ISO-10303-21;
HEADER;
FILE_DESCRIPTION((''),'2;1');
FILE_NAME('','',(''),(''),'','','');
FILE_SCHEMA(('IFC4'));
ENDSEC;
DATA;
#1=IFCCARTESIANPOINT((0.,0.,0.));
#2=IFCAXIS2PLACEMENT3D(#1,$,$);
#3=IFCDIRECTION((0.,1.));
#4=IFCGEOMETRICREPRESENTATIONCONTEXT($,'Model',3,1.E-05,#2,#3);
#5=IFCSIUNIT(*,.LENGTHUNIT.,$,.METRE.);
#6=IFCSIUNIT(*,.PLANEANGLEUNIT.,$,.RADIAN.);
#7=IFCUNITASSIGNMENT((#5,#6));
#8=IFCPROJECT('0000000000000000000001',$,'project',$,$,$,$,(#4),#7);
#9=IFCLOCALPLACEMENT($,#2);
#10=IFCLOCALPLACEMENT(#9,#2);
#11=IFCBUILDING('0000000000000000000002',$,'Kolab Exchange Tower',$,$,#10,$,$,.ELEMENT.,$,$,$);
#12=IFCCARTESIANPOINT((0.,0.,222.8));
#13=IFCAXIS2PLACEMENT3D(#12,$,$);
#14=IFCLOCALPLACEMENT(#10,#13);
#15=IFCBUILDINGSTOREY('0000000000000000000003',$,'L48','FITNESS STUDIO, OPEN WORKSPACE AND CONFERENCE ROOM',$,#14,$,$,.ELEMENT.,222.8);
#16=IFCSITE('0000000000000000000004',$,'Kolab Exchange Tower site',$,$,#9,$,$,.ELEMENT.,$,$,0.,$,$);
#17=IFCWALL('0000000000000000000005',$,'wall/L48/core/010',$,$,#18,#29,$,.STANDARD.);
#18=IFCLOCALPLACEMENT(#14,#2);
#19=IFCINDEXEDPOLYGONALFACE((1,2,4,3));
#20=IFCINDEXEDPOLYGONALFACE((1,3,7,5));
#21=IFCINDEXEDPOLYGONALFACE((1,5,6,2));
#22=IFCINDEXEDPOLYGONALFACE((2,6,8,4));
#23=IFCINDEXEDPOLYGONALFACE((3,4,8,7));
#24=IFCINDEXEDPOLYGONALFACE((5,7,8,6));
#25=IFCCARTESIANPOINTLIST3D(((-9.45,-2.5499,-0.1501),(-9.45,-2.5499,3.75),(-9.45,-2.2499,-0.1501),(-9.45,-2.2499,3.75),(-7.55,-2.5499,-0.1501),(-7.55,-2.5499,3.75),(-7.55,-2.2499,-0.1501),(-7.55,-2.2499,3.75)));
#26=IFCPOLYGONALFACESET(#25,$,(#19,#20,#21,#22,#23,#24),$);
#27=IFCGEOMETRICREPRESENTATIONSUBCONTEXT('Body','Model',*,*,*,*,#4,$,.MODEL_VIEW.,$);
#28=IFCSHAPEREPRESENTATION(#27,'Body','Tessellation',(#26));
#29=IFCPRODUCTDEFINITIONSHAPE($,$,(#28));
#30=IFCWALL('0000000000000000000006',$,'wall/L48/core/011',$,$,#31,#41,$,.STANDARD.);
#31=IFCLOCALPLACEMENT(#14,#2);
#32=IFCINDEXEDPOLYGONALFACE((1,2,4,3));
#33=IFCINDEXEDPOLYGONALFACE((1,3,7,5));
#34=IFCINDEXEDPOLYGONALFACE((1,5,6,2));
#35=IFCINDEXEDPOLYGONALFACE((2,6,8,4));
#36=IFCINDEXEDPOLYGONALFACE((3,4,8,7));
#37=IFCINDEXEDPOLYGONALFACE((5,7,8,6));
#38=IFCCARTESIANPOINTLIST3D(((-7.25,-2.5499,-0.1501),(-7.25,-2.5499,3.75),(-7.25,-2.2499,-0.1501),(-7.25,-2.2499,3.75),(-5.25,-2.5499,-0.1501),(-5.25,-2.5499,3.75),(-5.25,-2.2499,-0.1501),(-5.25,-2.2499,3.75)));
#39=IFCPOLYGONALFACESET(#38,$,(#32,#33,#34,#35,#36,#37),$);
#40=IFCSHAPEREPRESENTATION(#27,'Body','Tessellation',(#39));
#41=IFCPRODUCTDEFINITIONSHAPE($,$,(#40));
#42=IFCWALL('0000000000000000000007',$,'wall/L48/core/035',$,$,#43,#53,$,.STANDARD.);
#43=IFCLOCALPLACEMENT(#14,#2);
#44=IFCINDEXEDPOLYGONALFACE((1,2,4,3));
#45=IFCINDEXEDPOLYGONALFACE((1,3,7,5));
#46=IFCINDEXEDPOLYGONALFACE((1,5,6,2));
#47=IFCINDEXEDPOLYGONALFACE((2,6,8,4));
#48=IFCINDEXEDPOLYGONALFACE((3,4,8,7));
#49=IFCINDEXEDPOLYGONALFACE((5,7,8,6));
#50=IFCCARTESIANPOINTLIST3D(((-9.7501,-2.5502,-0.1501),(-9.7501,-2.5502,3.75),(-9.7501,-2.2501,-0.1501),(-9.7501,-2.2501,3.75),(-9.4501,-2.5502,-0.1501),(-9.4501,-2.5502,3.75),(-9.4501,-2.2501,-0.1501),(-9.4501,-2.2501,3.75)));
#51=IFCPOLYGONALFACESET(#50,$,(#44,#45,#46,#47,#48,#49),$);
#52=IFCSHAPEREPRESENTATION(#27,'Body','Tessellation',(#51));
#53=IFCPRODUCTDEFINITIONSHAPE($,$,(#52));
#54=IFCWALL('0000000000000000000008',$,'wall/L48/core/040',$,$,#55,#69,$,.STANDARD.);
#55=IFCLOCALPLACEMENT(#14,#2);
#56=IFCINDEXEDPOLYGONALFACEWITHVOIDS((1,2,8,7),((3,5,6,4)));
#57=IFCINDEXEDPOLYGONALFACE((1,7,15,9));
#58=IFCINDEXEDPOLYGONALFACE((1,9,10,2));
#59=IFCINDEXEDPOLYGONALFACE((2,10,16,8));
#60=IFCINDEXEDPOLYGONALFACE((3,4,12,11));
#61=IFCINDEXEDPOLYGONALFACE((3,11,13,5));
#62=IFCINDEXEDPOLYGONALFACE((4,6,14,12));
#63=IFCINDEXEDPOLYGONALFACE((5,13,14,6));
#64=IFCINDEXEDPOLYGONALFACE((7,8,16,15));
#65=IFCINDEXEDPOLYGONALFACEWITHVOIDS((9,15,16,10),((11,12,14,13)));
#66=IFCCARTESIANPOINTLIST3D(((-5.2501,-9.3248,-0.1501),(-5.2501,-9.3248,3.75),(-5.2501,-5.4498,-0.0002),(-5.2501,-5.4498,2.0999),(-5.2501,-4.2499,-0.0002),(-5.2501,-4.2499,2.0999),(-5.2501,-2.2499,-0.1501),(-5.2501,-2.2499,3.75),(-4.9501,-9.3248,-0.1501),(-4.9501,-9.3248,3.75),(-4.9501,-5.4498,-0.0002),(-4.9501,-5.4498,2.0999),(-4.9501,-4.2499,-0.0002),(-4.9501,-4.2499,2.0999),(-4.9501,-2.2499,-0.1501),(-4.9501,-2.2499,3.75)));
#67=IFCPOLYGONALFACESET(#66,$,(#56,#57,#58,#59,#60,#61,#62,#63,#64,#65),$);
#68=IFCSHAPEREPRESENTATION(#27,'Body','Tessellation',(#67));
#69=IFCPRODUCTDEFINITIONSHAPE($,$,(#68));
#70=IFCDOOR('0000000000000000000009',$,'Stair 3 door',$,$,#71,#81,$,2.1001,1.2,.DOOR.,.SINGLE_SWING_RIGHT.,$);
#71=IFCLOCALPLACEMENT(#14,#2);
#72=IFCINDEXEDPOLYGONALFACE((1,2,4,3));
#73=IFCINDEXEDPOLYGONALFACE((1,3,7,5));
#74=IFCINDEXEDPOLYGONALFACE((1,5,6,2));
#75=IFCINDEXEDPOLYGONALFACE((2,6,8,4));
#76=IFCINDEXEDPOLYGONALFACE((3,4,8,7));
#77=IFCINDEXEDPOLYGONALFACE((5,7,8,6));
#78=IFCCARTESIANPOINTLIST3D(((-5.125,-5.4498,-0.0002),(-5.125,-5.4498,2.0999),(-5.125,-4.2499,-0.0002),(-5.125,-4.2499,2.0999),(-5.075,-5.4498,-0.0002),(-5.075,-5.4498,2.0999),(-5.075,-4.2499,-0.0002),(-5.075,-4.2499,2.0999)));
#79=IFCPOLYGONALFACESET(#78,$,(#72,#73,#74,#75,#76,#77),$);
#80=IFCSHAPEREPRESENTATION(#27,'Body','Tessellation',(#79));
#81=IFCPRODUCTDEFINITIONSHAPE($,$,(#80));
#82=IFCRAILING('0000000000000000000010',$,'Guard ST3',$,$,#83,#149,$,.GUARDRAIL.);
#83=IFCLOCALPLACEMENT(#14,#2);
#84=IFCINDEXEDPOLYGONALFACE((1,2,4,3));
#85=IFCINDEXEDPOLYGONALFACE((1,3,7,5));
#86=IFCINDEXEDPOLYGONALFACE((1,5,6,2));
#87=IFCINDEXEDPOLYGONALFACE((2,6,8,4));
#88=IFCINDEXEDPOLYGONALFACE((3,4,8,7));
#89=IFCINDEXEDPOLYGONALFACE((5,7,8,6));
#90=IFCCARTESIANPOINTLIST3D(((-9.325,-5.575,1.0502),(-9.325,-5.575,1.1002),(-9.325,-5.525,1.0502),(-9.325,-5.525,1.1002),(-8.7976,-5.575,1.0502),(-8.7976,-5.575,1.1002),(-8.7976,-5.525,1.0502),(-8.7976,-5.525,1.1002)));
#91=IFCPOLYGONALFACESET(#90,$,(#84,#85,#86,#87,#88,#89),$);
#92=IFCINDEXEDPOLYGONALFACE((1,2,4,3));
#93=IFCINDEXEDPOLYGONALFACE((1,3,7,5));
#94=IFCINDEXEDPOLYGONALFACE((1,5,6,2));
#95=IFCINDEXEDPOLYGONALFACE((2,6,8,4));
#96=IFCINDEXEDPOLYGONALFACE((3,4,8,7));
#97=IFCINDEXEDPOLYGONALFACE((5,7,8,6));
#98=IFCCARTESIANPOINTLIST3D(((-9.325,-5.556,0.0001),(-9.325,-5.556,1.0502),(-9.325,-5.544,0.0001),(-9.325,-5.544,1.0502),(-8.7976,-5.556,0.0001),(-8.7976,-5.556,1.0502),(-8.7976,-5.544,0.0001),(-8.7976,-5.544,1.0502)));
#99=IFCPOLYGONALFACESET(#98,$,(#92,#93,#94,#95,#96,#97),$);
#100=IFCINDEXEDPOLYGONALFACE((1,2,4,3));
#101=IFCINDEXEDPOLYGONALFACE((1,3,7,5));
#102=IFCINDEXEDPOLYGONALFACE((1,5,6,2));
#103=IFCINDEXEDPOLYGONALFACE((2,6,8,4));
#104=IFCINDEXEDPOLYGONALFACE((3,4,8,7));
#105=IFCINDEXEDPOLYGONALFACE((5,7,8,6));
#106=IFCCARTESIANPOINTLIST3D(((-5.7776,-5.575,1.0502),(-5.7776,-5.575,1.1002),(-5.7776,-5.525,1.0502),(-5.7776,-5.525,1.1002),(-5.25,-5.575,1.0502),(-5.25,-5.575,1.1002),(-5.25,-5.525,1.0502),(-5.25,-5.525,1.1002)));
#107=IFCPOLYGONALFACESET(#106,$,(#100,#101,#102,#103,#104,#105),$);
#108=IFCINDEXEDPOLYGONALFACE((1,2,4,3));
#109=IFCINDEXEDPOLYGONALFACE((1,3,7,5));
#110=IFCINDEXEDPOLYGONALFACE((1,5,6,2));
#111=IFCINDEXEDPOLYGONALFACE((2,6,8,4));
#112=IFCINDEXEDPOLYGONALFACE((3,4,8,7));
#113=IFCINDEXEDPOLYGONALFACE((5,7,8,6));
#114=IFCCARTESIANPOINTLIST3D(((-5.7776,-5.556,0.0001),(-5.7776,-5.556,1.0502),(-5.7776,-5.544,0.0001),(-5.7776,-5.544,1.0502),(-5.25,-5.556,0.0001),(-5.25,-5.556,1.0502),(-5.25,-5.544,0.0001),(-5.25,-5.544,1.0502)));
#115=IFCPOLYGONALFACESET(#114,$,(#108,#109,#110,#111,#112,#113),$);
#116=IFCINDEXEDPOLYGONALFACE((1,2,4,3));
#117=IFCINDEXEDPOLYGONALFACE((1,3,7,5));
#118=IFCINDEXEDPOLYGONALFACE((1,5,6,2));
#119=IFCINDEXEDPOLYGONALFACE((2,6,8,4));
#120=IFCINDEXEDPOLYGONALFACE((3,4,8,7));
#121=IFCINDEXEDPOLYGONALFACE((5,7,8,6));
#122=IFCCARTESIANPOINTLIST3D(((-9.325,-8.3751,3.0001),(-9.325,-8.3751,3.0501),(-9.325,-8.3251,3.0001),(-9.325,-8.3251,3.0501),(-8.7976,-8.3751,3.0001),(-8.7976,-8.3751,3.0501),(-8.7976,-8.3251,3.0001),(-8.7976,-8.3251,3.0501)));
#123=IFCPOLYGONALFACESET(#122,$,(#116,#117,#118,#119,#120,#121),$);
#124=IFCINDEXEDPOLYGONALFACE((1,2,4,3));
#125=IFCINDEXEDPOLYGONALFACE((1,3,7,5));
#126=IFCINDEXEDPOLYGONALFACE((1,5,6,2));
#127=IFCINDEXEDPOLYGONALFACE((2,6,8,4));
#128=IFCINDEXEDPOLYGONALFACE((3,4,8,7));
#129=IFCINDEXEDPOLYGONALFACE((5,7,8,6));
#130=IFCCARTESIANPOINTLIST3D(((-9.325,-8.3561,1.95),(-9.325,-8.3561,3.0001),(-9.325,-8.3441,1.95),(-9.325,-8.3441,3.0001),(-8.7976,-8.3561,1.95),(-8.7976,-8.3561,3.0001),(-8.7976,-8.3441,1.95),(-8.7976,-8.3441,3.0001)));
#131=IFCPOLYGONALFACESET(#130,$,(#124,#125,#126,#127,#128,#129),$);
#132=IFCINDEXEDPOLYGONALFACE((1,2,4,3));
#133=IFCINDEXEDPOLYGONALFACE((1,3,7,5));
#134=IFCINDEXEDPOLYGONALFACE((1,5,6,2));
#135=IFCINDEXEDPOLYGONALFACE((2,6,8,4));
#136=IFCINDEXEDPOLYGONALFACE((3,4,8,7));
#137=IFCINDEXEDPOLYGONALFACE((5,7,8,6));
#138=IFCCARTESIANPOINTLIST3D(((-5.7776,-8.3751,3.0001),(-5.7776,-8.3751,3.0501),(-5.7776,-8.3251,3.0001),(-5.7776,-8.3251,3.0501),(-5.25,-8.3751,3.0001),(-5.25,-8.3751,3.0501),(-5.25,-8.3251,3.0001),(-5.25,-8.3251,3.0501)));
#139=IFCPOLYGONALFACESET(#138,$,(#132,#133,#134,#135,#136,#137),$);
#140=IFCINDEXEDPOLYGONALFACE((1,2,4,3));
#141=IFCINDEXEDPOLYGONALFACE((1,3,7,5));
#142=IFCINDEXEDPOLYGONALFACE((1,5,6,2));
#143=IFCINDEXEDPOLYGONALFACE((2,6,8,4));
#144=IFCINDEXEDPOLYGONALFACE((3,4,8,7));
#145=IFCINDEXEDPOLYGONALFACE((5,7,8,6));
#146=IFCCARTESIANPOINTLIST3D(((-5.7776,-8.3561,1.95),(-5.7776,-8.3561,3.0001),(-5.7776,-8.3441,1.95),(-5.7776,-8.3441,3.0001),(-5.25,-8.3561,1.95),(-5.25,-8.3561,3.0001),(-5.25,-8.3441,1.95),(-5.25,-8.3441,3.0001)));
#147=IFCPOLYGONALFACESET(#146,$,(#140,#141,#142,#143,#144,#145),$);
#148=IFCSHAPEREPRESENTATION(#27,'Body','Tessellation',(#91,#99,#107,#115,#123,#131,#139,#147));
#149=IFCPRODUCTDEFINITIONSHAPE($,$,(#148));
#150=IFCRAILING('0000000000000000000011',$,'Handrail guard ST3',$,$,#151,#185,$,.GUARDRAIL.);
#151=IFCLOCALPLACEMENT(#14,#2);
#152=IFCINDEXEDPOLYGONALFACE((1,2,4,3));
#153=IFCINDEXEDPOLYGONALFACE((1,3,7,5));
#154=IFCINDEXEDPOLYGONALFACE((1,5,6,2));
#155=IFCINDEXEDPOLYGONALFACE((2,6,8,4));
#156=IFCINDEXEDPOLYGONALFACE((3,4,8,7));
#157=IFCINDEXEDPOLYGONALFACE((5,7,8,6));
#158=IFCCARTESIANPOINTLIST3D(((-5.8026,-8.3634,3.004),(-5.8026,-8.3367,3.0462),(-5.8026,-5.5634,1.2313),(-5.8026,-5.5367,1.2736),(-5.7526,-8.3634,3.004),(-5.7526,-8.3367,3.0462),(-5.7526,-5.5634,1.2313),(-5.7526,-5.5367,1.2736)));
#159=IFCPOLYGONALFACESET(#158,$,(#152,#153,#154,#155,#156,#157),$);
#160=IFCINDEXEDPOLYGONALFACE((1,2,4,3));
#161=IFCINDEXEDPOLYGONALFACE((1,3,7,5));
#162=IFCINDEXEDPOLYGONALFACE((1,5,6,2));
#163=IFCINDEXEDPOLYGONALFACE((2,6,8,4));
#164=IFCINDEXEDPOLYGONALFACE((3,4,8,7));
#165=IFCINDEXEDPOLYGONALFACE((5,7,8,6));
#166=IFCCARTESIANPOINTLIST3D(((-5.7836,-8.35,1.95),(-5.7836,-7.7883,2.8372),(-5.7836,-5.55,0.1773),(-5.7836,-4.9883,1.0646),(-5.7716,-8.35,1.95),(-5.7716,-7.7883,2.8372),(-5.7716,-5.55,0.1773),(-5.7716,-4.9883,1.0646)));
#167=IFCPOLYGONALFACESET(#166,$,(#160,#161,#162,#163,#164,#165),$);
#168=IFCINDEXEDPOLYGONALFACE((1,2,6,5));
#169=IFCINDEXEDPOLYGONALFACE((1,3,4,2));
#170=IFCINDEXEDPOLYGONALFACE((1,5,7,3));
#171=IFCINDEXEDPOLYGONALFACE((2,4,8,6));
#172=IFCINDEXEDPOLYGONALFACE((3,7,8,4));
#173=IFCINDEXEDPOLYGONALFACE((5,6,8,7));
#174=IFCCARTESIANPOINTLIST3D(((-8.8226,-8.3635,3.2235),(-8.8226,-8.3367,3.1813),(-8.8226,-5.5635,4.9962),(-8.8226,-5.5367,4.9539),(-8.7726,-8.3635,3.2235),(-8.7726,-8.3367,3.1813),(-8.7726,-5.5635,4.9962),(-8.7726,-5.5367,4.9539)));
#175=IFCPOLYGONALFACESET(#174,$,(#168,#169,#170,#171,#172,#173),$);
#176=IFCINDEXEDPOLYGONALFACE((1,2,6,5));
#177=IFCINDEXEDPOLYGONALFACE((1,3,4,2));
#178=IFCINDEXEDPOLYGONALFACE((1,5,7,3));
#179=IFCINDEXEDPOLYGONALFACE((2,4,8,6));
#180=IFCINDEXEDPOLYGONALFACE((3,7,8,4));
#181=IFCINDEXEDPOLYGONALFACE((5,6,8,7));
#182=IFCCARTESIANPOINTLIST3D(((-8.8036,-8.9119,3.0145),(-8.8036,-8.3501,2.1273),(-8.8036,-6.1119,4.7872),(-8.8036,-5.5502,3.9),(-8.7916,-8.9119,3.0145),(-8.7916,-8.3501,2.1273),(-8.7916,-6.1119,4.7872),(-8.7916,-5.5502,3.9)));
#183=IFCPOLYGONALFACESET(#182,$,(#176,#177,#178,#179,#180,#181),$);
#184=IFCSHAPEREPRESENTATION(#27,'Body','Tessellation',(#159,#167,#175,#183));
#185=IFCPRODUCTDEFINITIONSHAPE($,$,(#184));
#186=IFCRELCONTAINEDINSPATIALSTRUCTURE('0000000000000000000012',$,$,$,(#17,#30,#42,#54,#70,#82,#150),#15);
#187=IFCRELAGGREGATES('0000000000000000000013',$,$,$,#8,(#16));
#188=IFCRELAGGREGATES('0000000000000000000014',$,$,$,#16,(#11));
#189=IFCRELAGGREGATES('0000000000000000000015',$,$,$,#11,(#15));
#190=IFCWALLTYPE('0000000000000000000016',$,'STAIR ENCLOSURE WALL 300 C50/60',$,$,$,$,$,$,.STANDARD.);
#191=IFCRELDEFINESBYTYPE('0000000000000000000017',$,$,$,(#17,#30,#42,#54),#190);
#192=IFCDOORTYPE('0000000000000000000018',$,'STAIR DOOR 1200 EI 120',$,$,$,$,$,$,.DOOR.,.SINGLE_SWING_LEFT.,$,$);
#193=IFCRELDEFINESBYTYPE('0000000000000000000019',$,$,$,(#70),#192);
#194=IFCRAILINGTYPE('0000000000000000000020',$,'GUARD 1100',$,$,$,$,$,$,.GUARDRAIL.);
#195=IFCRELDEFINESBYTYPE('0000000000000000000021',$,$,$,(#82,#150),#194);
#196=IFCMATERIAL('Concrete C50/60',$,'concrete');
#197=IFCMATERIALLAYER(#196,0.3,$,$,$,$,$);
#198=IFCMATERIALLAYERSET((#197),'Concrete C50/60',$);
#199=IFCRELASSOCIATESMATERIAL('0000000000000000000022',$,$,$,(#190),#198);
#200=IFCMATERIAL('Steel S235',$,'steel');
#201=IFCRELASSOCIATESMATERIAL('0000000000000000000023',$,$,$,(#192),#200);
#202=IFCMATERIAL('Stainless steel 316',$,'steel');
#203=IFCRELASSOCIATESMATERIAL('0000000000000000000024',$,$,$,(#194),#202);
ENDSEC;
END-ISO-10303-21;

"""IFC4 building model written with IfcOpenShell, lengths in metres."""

from ifc_helpers import new_model, si_unit, direction, frame, frame_2d, origin, origin_2d, place, context, subcontext, project, spatial, rectangle, extrude, material, layer, layer_set, type_object, element, fill, save


model = new_model("IFC4")

# Units and contexts
model_context = context("Model", 3, precision=1e-05, world=origin(), true_north=direction((0.0, 1.0)))
body_context = subcontext(model_context, "Body", "Model", "MODEL_VIEW")
ifc_project = project(units=[si_unit("LENGTHUNIT", "METRE"), si_unit("PLANEANGLEUNIT", "RADIAN")], contexts=[model_context])

# Site, building, storey
site_placement = place(None, origin())
site = spatial("IfcSite", under=ifc_project, at=site_placement, Name="Kolab Exchange Tower site", CompositionType="ELEMENT", RefElevation=0.0)
building_placement = place(site_placement, origin())
building = spatial("IfcBuilding", under=site, at=building_placement, Name="Kolab Exchange Tower", CompositionType="ELEMENT")
storey_placement = place(building_placement, frame((0.0, 0.0, 222.8)))
storey = spatial("IfcBuildingStorey", under=building, at=storey_placement, Name="L48", Description="FITNESS STUDIO, OPEN WORKSPACE AND CONFERENCE ROOM", CompositionType="ELEMENT", Elevation=222.8)

# Shared definitions
ifc_material_1 = material(Name="Concrete C50/60", Category="concrete")
ifc_material_2 = material(Name="Steel S235", Category="steel")
ifc_material_3 = material(Name="Stainless steel 316", Category="steel")

# Walls
ifc_layer_1 = layer(ifc_material_1, 0.3)
ifc_layer_set_1 = layer_set([ifc_layer_1], Name="Concrete C50/60")
wall_type_1 = type_object("IfcWallType", Name="STAIR ENCLOSURE WALL 300 C50/60", PredefinedType="STANDARD", material=ifc_layer_set_1)
wall_1_placement = place(storey_placement, frame((-9.45, -2.3999, -0.1501), z_axis=(0.0, 0.0, 1.0), x_axis=(1.0, 0.0, 0.0)))
element("IfcWall", 1, at=wall_1_placement, inside=storey, type_object=wall_type_1, Name="wall/L48/core/010", PredefinedType="STANDARD", context=body_context, shape_type="SweptSolid", body=[
    extrude(rectangle(XDim=1.8999, YDim=0.3, at=frame_2d((0.95, 0.0))), origin(), (0.0, 0.0, 1.0), 3.9001),
])
wall_2_placement = place(storey_placement, frame((-7.25, -2.3999, -0.1501), z_axis=(0.0, 0.0, 1.0), x_axis=(1.0, 0.0, 0.0)))
element("IfcWall", 2, at=wall_2_placement, inside=storey, type_object=wall_type_1, Name="wall/L48/core/011", PredefinedType="STANDARD", context=body_context, shape_type="SweptSolid", body=[
    extrude(rectangle(XDim=2.0, YDim=0.3, at=frame_2d((1.0, 0.0))), origin(), (0.0, 0.0, 1.0), 3.9001),
])
wall_3_placement = place(storey_placement, frame((-9.6001, -2.55, -0.1501), z_axis=(0.0, 0.0, 1.0), x_axis=(0.0, 1.0, 0.0)))
element("IfcWall", 3, at=wall_3_placement, inside=storey, type_object=wall_type_1, Name="wall/L48/core/035", PredefinedType="STANDARD", context=body_context, shape_type="SweptSolid", body=[
    extrude(rectangle(XDim=0.3, YDim=0.3, at=frame_2d((0.1499, 0.0))), origin(), (0.0, 0.0, 1.0), 3.9001),
])

# Wall, opening, door
wall_4_placement = place(storey_placement, frame((-5.1001, -9.325, -0.1501), z_axis=(0.0, 0.0, 1.0), x_axis=(0.0, 1.0, 0.0)))
wall_4 = element("IfcWall", 4, at=wall_4_placement, inside=storey, type_object=wall_type_1, Name="wall/L48/core/040", PredefinedType="STANDARD", context=body_context, shape_type="SweptSolid", body=[
    extrude(rectangle(XDim=7.075, YDim=0.3, at=frame_2d((3.5376, 0.0))), origin(), (0.0, 0.0, 1.0), 3.9001),
])
opening_1_placement = place(wall_4_placement, frame((3.875, 0.0, 0.1499)))
opening_1 = element("IfcOpeningElement", 5, at=opening_1_placement, cuts=wall_4, PredefinedType="OPENING", context=body_context, shape_type="SweptSolid", body=[
    extrude(rectangle(XDim=1.2, YDim=2.1001, at=frame_2d((0.6001, 1.05))), frame((0.0, 0.1602, 0.0), z_axis=(0.0, -1.0, 0.0), x_axis=(1.0, 0.0, 0.0)), (0.0, 0.0, 1.0), 0.3201),
])
door_type_1 = type_object("IfcDoorType", Name="STAIR DOOR 1200 EI 120", OperationType="SINGLE_SWING_LEFT", PredefinedType="DOOR", material=ifc_material_2)
door_1_placement = place(opening_1_placement, origin())
door_1 = element("IfcDoor", 6, at=door_1_placement, inside=storey, type_object=door_type_1, Name="Stair 3 door", OperationType="SINGLE_SWING_RIGHT", OverallHeight=2.1001, OverallWidth=1.2, PredefinedType="DOOR", context=body_context, shape_type="SweptSolid", body=[
    extrude(rectangle(XDim=1.2, YDim=2.1001, at=frame_2d((0.6001, 1.05))), frame((0.0, 0.0249, 0.0), z_axis=(0.0, -1.0, 0.0), x_axis=(1.0, 0.0, 0.0)), (0.0, 0.0, 1.0), 0.05),
])
fill(opening_1, door_1)

# Railings
railing_type = type_object("IfcRailingType", Name="GUARD 1100", PredefinedType="GUARDRAIL", material=ifc_material_3)
railing_1_placement = place(storey_placement, frame((-9.325, -5.55, 0.0)))
element("IfcRailing", 7, at=railing_1_placement, inside=storey, type_object=railing_type, Name="Guard ST3", PredefinedType="GUARDRAIL", context=body_context, shape_type="SweptSolid", body=[
    extrude(rectangle(XDim=0.05, YDim=0.05, at=origin_2d()), frame((0.0, 0.0, 1.0752), z_axis=(1.0, 0.0, 0.0), x_axis=(0.0, 1.0, 0.0)), (0.0, 0.0, 1.0), 0.5273),
    extrude(rectangle(XDim=0.012, YDim=1.0501, at=frame_2d((0.0, 0.5251))), frame((0.0, 0.0, 0.0), z_axis=(1.0, 0.0, 0.0), x_axis=(0.0, 1.0, 0.0)), (0.0, 0.0, 1.0), 0.5273),
    extrude(rectangle(XDim=0.05, YDim=0.05, at=origin_2d()), frame((3.5474, 0.0, 1.0752), z_axis=(1.0, 0.0, 0.0), x_axis=(0.0, 1.0, 0.0)), (0.0, 0.0, 1.0), 0.5276),
    extrude(rectangle(XDim=0.012, YDim=1.0501, at=frame_2d((0.0, 0.5251))), frame((3.5474, 0.0, 0.0), z_axis=(1.0, 0.0, 0.0), x_axis=(0.0, 1.0, 0.0)), (0.0, 0.0, 1.0), 0.5276),
    extrude(rectangle(XDim=0.05, YDim=0.05, at=origin_2d()), frame((0.0, -2.8, 3.0251), z_axis=(1.0, 0.0, 0.0), x_axis=(0.0, 1.0, 0.0)), (0.0, 0.0, 1.0), 0.5273),
    extrude(rectangle(XDim=0.012, YDim=1.0501, at=frame_2d((0.0, 0.5251))), frame((0.0, -2.8, 1.95), z_axis=(1.0, 0.0, 0.0), x_axis=(0.0, 1.0, 0.0)), (0.0, 0.0, 1.0), 0.5273),
    extrude(rectangle(XDim=0.05, YDim=0.05, at=origin_2d()), frame((3.5474, -2.8, 3.0251), z_axis=(1.0, 0.0, 0.0), x_axis=(0.0, 1.0, 0.0)), (0.0, 0.0, 1.0), 0.5276),
    extrude(rectangle(XDim=0.012, YDim=1.0501, at=frame_2d((0.0, 0.5251))), frame((3.5474, -2.8, 1.95), z_axis=(1.0, 0.0, 0.0), x_axis=(0.0, 1.0, 0.0)), (0.0, 0.0, 1.0), 0.5276),
])
railing_2_placement = place(storey_placement, frame((-5.7776, -5.55, 0.1772)))
element("IfcRailing", 8, at=railing_2_placement, inside=storey, type_object=railing_type, Name="Handrail guard ST3", PredefinedType="GUARDRAIL", context=body_context, shape_type="SweptSolid", body=[
    extrude(rectangle(XDim=0.05, YDim=0.05, at=origin_2d()), frame((0.0, 0.0, 1.0752), z_axis=(0.0, -0.844909, 0.53491), x_axis=(1.0, 0.0, 0.0)), (0.0, 0.0, 1.0), 3.314),
    extrude(rectangle(XDim=0.012, YDim=1.0501, at=frame_2d((0.0, 0.5251))), frame((0.0, 0.0, 0.0), z_axis=(0.0, -0.844909, 0.53491), x_axis=(1.0, 0.0, 0.0)), (0.0, 0.0, 1.0), 3.314),
    extrude(rectangle(XDim=0.05, YDim=0.05, at=origin_2d()), frame((-3.02, -2.8, 3.0251), z_axis=(0.0, 0.844909, 0.53491), x_axis=(-1.0, 0.0, 0.0)), (0.0, 0.0, 1.0), 3.314),
    extrude(rectangle(XDim=0.012, YDim=1.0501, at=frame_2d((0.0, 0.5251))), frame((-3.02, -2.8, 1.95), z_axis=(0.0, 0.844909, 0.53491), x_axis=(-1.0, 0.0, 0.0)), (0.0, 0.0, 1.0), 3.314),
])

save(model, "model.ifc")
